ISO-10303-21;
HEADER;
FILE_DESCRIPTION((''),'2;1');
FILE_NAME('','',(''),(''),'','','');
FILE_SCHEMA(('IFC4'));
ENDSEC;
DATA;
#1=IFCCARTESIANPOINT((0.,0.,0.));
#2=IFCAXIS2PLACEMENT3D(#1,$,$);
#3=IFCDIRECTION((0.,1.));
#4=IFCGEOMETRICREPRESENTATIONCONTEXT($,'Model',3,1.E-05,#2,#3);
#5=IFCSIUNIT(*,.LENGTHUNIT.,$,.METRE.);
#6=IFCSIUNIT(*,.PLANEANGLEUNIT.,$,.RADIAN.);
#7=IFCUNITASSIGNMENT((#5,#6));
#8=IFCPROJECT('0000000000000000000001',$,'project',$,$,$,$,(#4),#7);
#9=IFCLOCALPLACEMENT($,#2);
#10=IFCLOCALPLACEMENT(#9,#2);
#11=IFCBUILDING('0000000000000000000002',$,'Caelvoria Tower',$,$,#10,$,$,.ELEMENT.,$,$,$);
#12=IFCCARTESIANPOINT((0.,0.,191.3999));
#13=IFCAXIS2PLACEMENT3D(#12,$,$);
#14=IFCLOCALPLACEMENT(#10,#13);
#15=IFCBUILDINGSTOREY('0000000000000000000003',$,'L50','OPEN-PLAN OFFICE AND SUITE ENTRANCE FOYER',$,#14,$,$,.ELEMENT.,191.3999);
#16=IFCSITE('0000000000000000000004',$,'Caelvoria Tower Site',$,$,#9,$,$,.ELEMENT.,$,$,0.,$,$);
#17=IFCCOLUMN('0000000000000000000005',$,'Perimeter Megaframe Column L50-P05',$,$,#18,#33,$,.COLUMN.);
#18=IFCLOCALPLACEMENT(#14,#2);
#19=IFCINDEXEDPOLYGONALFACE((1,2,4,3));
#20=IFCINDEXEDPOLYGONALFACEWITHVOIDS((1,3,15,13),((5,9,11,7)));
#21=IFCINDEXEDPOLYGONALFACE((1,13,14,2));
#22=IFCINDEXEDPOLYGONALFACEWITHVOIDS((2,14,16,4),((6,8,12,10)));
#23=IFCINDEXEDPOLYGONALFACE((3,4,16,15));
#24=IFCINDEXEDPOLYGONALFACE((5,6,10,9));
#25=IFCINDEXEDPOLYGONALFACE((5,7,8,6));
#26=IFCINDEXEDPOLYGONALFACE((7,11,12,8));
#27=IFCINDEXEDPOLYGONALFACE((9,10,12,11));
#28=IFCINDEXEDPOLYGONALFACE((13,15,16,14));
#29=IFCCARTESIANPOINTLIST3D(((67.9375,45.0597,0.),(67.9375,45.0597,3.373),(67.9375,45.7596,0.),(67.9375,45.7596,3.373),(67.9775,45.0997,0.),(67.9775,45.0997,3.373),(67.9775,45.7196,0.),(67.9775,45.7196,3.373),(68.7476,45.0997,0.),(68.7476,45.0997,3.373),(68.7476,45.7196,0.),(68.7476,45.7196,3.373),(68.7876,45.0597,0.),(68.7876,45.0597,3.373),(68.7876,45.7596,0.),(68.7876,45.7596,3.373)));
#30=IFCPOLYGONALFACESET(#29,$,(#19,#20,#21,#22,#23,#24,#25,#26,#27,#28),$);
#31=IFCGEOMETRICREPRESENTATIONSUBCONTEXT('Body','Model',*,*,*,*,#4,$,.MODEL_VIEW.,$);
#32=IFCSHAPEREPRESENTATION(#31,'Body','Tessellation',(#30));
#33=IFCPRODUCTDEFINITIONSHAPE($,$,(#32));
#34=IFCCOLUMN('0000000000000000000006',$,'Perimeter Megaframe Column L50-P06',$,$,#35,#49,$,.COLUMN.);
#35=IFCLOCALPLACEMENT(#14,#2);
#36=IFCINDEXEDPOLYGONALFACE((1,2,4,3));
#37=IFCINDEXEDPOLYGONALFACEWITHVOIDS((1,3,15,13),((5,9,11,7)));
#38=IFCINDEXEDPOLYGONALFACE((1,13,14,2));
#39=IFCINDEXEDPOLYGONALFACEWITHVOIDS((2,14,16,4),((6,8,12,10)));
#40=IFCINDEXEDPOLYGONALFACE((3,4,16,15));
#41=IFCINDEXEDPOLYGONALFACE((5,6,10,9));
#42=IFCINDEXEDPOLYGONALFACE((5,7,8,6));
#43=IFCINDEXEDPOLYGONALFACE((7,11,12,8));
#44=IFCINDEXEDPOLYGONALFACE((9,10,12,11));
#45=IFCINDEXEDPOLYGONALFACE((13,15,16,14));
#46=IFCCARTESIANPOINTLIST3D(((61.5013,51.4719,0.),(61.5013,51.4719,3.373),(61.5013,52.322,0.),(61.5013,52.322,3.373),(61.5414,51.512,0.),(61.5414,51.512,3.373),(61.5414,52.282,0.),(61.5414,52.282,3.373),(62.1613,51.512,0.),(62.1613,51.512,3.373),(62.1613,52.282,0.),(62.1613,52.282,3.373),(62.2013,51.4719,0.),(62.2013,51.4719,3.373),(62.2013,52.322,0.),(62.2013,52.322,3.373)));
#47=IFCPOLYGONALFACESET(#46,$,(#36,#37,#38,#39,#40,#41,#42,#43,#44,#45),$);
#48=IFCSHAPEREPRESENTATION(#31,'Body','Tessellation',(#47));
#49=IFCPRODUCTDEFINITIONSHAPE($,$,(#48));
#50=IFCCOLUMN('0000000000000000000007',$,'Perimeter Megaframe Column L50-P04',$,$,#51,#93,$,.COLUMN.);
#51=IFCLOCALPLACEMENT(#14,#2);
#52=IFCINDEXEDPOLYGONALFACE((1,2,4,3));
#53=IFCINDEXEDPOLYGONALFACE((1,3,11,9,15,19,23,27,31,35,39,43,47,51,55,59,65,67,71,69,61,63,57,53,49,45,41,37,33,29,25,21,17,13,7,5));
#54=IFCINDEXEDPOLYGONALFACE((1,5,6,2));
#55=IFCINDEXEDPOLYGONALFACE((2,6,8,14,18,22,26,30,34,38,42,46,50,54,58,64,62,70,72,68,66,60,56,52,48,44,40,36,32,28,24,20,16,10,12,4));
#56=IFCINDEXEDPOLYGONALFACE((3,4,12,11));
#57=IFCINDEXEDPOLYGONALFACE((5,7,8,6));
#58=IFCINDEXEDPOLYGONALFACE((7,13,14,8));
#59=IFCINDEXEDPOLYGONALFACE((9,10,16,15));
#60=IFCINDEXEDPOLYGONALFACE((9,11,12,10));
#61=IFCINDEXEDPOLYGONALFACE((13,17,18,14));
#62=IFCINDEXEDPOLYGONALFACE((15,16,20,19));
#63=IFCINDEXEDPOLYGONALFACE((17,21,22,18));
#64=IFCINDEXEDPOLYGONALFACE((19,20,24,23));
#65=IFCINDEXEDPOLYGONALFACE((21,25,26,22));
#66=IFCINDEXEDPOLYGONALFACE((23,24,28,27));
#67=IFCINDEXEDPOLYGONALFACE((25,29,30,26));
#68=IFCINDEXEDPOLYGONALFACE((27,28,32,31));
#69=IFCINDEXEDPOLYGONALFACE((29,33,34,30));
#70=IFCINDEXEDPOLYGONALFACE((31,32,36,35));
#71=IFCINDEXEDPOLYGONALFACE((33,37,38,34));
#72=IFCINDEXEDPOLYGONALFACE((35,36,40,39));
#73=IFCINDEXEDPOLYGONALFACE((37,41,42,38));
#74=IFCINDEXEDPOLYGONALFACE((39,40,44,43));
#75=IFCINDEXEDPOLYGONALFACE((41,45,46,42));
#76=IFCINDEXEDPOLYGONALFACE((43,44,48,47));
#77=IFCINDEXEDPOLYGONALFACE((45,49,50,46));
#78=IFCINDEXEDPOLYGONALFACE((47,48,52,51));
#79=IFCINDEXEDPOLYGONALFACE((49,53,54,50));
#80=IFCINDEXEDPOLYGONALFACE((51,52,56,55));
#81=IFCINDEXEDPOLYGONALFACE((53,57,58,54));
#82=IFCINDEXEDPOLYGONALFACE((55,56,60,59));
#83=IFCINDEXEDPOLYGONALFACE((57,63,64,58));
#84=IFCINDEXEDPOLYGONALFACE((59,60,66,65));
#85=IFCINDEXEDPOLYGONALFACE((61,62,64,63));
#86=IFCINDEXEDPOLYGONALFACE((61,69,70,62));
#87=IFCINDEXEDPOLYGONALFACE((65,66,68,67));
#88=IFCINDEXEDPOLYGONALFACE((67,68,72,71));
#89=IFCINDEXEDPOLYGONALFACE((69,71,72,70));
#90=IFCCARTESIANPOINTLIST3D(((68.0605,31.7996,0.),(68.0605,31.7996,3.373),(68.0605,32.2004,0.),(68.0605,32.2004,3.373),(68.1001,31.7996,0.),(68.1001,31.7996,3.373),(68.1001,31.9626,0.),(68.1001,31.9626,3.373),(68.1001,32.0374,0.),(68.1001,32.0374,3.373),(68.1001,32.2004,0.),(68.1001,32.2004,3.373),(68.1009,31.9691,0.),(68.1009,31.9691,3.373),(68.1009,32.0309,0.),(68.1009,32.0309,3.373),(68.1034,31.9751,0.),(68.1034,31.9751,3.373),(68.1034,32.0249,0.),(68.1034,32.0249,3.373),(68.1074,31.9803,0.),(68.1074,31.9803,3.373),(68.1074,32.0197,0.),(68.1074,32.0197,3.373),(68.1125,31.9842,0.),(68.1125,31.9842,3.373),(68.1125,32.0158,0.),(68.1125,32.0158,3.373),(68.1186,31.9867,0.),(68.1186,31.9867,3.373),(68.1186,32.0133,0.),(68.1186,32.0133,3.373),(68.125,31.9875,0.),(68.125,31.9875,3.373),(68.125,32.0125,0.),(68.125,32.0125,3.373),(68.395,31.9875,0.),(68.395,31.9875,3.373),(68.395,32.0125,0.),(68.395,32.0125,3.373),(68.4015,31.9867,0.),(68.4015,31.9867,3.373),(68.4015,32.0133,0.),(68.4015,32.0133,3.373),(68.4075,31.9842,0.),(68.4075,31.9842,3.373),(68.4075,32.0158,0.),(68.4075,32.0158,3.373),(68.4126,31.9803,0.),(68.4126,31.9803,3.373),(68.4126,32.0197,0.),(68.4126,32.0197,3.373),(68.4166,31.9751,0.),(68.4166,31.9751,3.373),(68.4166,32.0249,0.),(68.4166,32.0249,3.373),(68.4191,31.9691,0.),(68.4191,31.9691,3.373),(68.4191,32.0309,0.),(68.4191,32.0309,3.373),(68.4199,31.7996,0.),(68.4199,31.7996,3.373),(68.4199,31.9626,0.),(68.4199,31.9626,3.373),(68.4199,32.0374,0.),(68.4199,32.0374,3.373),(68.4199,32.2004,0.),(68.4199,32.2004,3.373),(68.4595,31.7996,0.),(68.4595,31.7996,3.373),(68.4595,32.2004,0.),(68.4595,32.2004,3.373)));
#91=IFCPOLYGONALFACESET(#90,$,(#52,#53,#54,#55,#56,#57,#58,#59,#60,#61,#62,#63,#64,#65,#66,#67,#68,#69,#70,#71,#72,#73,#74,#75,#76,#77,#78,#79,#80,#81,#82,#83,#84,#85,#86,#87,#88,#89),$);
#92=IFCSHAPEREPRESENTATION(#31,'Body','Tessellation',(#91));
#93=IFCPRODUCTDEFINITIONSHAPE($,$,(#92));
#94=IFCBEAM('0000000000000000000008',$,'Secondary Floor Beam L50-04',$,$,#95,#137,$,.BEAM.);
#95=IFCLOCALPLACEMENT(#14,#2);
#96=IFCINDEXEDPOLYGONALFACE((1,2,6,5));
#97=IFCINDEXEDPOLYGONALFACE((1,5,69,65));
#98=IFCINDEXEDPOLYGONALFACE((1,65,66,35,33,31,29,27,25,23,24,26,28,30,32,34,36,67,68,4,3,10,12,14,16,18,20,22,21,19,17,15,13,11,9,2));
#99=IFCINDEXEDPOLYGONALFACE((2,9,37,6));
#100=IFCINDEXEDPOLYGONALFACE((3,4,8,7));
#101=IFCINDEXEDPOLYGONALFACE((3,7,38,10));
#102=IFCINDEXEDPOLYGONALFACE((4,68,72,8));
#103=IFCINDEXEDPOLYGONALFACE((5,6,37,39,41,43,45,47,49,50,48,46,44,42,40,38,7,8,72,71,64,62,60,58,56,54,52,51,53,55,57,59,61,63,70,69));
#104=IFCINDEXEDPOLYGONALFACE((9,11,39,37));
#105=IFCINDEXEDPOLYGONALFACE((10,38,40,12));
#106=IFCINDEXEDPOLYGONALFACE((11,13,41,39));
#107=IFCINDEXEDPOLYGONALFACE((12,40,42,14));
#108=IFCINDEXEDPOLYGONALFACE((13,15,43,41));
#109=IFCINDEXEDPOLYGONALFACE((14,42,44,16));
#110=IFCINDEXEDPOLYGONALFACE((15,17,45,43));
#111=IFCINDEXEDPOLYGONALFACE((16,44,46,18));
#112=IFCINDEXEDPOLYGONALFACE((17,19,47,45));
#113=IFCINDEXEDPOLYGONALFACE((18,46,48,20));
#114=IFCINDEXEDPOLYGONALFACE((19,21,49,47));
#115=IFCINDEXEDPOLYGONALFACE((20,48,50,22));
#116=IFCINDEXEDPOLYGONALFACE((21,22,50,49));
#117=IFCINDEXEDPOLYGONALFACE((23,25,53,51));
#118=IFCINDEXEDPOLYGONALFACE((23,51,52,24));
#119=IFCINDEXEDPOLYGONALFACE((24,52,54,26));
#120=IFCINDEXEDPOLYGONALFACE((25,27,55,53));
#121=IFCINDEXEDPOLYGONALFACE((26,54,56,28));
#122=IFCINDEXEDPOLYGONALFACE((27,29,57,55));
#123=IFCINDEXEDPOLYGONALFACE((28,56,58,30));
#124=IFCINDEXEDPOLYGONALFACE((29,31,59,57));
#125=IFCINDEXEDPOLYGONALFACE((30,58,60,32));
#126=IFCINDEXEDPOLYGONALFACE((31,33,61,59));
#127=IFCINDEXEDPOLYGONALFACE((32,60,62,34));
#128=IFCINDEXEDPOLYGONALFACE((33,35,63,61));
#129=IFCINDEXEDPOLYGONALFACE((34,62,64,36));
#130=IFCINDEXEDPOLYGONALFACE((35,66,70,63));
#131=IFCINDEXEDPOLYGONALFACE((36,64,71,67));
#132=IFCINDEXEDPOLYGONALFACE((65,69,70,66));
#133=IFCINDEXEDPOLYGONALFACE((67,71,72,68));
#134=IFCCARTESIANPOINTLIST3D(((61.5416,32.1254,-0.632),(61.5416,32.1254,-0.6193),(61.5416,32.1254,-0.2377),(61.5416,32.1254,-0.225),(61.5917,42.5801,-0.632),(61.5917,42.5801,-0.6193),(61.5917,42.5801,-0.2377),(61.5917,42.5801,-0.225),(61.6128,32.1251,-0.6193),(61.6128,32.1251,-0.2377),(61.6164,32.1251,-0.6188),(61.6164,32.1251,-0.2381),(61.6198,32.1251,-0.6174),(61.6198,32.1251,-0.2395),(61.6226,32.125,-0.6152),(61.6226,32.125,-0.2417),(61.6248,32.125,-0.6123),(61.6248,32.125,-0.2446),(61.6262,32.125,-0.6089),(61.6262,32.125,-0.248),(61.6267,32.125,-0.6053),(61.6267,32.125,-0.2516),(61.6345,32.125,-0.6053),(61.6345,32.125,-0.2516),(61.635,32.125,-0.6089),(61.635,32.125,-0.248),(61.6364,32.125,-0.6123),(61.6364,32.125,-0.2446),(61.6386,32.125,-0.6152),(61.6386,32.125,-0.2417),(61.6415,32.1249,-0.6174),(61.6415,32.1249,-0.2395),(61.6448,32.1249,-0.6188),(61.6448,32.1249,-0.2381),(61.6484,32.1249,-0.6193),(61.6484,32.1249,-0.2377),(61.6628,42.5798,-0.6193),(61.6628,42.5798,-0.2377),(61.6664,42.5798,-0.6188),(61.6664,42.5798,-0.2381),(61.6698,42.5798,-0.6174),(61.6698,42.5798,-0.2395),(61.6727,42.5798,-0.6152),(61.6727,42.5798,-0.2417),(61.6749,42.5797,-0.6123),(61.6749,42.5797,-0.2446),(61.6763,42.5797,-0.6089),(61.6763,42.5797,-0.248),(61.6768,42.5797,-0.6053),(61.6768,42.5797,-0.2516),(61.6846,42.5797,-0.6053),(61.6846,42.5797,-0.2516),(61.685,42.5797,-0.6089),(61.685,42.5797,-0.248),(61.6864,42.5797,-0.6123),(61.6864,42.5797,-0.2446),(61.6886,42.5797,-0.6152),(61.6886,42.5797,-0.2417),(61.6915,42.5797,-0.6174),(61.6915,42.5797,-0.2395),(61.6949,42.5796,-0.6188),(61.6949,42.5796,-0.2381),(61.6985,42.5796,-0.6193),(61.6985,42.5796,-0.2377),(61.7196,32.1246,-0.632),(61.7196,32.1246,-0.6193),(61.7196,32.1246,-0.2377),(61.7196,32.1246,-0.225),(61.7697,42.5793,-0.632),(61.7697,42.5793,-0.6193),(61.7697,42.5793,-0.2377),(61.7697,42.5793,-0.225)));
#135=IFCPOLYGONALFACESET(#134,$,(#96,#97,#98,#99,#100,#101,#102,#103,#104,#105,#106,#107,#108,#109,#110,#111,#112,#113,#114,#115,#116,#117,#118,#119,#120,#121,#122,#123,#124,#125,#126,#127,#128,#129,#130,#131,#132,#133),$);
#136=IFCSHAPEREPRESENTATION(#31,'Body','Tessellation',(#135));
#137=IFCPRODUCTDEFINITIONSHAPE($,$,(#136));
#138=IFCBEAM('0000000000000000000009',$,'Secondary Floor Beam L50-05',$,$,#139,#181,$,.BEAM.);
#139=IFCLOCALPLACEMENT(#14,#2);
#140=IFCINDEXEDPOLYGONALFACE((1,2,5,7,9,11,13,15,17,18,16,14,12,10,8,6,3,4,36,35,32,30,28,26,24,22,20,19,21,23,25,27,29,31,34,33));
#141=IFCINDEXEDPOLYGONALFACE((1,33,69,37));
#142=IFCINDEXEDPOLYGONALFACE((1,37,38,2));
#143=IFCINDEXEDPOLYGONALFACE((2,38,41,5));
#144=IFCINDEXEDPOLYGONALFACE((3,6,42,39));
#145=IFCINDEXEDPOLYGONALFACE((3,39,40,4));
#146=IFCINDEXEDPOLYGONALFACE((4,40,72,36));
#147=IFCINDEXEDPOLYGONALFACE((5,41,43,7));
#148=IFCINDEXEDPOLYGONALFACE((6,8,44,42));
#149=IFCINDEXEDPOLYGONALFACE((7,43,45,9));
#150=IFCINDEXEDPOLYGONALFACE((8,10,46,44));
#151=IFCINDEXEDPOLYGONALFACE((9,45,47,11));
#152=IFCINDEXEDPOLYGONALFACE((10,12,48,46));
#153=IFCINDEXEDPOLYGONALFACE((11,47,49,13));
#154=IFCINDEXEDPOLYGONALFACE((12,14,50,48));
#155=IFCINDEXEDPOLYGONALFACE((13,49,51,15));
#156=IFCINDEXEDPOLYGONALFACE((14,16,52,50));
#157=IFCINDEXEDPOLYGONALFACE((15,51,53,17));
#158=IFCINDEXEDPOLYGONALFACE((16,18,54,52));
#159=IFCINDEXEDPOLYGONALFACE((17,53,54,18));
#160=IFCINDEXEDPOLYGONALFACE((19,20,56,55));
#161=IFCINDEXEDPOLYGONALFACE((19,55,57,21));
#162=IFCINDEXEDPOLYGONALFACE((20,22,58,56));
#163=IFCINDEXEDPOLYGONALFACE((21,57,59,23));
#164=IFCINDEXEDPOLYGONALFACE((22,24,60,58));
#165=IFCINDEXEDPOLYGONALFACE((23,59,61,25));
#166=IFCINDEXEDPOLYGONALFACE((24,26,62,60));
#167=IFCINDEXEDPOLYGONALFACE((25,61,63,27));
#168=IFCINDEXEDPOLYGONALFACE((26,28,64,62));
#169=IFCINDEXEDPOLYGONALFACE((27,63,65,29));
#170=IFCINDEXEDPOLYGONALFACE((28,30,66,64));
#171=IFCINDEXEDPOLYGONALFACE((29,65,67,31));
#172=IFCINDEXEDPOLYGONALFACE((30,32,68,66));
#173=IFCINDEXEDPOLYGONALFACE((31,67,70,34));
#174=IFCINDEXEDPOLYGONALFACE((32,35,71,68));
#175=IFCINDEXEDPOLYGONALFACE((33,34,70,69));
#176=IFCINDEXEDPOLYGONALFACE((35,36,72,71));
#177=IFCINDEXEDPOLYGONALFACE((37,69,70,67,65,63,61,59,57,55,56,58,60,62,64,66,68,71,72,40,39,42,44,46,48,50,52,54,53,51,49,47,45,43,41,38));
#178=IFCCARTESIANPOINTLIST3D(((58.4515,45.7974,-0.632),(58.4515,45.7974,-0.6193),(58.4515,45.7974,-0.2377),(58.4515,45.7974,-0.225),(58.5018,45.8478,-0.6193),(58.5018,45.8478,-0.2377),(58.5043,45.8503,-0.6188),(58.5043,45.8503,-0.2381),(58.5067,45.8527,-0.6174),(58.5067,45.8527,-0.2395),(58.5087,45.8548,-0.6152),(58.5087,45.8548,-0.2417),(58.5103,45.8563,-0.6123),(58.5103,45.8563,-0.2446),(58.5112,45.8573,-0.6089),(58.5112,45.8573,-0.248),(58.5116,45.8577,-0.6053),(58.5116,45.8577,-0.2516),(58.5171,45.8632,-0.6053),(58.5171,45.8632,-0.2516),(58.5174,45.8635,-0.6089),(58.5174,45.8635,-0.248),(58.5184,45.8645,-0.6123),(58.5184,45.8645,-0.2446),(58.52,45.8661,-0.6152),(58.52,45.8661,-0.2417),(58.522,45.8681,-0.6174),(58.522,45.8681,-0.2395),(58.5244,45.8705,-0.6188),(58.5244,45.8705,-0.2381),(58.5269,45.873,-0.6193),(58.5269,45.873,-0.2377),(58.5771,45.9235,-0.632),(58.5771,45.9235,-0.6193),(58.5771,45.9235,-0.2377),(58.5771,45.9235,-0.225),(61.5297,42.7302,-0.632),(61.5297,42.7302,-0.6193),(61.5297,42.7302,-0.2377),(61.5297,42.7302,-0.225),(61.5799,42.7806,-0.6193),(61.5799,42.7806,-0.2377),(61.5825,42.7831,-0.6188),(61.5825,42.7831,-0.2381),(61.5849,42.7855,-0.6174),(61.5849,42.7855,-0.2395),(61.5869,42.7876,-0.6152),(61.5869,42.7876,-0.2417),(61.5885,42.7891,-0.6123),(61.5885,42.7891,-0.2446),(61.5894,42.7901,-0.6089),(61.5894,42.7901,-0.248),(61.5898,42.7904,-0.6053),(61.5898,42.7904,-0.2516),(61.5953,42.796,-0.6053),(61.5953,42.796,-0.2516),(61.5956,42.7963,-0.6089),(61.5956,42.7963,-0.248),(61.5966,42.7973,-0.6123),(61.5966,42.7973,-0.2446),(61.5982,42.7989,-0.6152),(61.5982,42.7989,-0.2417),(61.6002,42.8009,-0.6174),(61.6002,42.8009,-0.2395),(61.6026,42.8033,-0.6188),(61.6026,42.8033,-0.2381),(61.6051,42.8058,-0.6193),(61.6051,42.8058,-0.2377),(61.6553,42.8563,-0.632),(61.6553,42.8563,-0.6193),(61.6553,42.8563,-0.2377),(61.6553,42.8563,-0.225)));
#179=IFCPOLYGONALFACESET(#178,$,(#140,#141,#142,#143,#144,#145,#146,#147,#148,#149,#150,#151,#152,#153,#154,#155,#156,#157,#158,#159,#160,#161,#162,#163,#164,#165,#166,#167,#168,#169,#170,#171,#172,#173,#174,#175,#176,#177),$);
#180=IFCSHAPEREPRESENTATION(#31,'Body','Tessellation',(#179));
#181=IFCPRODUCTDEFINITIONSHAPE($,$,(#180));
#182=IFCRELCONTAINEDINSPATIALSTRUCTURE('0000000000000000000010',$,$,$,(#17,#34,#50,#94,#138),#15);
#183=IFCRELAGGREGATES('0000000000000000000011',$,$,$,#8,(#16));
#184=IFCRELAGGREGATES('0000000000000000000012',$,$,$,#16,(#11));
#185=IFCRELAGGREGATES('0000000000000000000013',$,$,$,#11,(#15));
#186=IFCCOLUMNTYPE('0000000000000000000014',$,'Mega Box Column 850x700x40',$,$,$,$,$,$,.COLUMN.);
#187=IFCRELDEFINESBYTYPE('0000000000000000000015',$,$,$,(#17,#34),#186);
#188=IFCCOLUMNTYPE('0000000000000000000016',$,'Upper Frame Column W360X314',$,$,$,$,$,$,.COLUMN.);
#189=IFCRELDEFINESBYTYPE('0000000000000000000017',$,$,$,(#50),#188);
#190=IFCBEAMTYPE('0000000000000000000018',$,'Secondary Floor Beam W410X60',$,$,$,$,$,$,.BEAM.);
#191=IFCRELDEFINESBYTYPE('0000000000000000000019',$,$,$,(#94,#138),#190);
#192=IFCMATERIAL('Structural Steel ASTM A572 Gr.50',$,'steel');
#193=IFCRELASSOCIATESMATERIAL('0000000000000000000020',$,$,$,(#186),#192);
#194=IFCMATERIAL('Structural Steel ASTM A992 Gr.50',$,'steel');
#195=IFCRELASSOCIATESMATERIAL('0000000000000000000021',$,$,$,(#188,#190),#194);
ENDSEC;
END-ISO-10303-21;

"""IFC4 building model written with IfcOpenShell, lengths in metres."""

from ifc_helpers import new_model, si_unit, direction, frame, origin, origin_2d, place, context, subcontext, project, spatial, hollow_rectangle, i_section, extrude, material, material_profile, profile_set, type_object, element, save


model = new_model("IFC4")

# Units and contexts
model_context = context("Model", 3, precision=1e-05, world=origin(), true_north=direction((0.0, 1.0)))
body_context = subcontext(model_context, "Body", "Model", "MODEL_VIEW")
ifc_project = project(units=[si_unit("LENGTHUNIT", "METRE"), si_unit("PLANEANGLEUNIT", "RADIAN")], contexts=[model_context])

# Site, building, storey
site_placement = place(None, origin())
site = spatial("IfcSite", under=ifc_project, at=site_placement, Name="Caelvoria Tower Site", CompositionType="ELEMENT", RefElevation=0.0)
building_placement = place(site_placement, origin())
building = spatial("IfcBuilding", under=site, at=building_placement, Name="Caelvoria Tower", CompositionType="ELEMENT")
storey_placement = place(building_placement, frame((0.0, 0.0, 191.3999)))
storey = spatial("IfcBuildingStorey", under=building, at=storey_placement, Name="L50", Description="OPEN-PLAN OFFICE AND SUITE ENTRANCE FOYER", CompositionType="ELEMENT", Elevation=191.3999)

# Columns
ifc_material_1 = material(Name="Structural Steel ASTM A572 Gr.50", Category="steel")
ifc_material_profile_1 = material_profile(ifc_material_1, hollow_rectangle(XDim=0.7, YDim=0.8501, WallThickness=0.04, at=origin_2d()), Name="Structural Steel ASTM A572 Gr.50")
ifc_profile_set_1 = profile_set([ifc_material_profile_1], Name="BOX850X700X40 - Structural Steel ASTM A572 Gr.50")
column_type_1 = type_object("IfcColumnType", Name="Mega Box Column 850x700x40", PredefinedType="COLUMN", material=ifc_profile_set_1)
for number, where, z_axis, x_axis, name in (
    (1, (68.3625, 45.4097, 0.0), (0.0, 0.0, 1.0), (0.0, 1.0, 0.0), "Perimeter Megaframe Column L50-P05"),
    (2, (61.8513, 51.897, 0.0), (0.0, 0.0, 1.0), (1.0, 0.0, 0.0), "Perimeter Megaframe Column L50-P06"),
):
    element("IfcColumn", number, at=place(storey_placement, frame(where, z_axis=z_axis, x_axis=x_axis)), inside=storey, type_object=column_type_1, Name=name, PredefinedType="COLUMN", context=body_context, shape_type="SweptSolid", body=[
        extrude(hollow_rectangle(XDim=0.7, YDim=0.8501, WallThickness=0.04, at=origin_2d()), origin(), (0.0, 0.0, 1.0), 3.373),
    ])
ifc_material_2 = material(Name="Structural Steel ASTM A992 Gr.50", Category="steel")
ifc_material_profile_2 = material_profile(ifc_material_2, i_section(OverallWidth=0.4009, OverallDepth=0.3989, WebThickness=0.0249, FlangeThickness=0.0396, FilletRadius=0.0249, at=origin_2d()), Name="Structural Steel ASTM A992 Gr.50")
ifc_profile_set_2 = profile_set([ifc_material_profile_2], Name="W360X314 - Structural Steel ASTM A992 Gr.50")
column_type_2 = type_object("IfcColumnType", Name="Upper Frame Column W360X314", PredefinedType="COLUMN", material=ifc_profile_set_2)
column_placement = place(storey_placement, frame((68.26, 32.0, 0.0), z_axis=(0.0, 0.0, 1.0), x_axis=(0.0, 1.0, 0.0)))
element("IfcColumn", 3, at=column_placement, inside=storey, type_object=column_type_2, Name="Perimeter Megaframe Column L50-P04", PredefinedType="COLUMN", context=body_context, shape_type="SweptSolid", body=[
    extrude(i_section(OverallWidth=0.4009, OverallDepth=0.3989, WebThickness=0.0249, FlangeThickness=0.0396, FilletRadius=0.0249, at=origin_2d()), origin(), (0.0, 0.0, 1.0), 3.373),
])

# Beams
ifc_material_profile_3 = material_profile(ifc_material_2, i_section(OverallWidth=0.178, OverallDepth=0.407, WebThickness=0.0078, FlangeThickness=0.0127, FilletRadius=0.0139, at=origin_2d()), Name="Structural Steel ASTM A992 Gr.50")
ifc_profile_set_3 = profile_set([ifc_material_profile_3], Name="W410X60 - Structural Steel ASTM A992 Gr.50")
beam_type_1 = type_object("IfcBeamType", Name="Secondary Floor Beam W410X60", PredefinedType="BEAM", material=ifc_profile_set_3)
beam_1_placement = place(storey_placement, frame((61.6306, 32.125, -0.4285), z_axis=(0.004787, 0.999989, 0.0), x_axis=(-0.999989, 0.004787, 0.0)))
element("IfcBeam", 4, at=beam_1_placement, inside=storey, type_object=beam_type_1, Name="Secondary Floor Beam L50-04", PredefinedType="BEAM", context=body_context, shape_type="SweptSolid", body=[
    extrude(i_section(OverallWidth=0.178, OverallDepth=0.407, WebThickness=0.0078, FlangeThickness=0.0127, FilletRadius=0.0139, at=origin_2d()), origin(), (0.0, 0.0, 1.0), 10.4548),
])
beam_2_placement = place(storey_placement, frame((61.5925, 42.7932, -0.4285), z_axis=(-0.70837, 0.705842, 0.0), x_axis=(-0.705842, -0.70837, 0.0)))
element("IfcBeam", 5, at=beam_2_placement, inside=storey, type_object=beam_type_1, Name="Secondary Floor Beam L50-05", PredefinedType="BEAM", context=body_context, shape_type="SweptSolid", body=[
    extrude(i_section(OverallWidth=0.178, OverallDepth=0.407, WebThickness=0.0078, FlangeThickness=0.0127, FilletRadius=0.0139, at=origin_2d()), origin(), (0.0, 0.0, 1.0), 4.3455),
])

save(model, "model.ifc")
